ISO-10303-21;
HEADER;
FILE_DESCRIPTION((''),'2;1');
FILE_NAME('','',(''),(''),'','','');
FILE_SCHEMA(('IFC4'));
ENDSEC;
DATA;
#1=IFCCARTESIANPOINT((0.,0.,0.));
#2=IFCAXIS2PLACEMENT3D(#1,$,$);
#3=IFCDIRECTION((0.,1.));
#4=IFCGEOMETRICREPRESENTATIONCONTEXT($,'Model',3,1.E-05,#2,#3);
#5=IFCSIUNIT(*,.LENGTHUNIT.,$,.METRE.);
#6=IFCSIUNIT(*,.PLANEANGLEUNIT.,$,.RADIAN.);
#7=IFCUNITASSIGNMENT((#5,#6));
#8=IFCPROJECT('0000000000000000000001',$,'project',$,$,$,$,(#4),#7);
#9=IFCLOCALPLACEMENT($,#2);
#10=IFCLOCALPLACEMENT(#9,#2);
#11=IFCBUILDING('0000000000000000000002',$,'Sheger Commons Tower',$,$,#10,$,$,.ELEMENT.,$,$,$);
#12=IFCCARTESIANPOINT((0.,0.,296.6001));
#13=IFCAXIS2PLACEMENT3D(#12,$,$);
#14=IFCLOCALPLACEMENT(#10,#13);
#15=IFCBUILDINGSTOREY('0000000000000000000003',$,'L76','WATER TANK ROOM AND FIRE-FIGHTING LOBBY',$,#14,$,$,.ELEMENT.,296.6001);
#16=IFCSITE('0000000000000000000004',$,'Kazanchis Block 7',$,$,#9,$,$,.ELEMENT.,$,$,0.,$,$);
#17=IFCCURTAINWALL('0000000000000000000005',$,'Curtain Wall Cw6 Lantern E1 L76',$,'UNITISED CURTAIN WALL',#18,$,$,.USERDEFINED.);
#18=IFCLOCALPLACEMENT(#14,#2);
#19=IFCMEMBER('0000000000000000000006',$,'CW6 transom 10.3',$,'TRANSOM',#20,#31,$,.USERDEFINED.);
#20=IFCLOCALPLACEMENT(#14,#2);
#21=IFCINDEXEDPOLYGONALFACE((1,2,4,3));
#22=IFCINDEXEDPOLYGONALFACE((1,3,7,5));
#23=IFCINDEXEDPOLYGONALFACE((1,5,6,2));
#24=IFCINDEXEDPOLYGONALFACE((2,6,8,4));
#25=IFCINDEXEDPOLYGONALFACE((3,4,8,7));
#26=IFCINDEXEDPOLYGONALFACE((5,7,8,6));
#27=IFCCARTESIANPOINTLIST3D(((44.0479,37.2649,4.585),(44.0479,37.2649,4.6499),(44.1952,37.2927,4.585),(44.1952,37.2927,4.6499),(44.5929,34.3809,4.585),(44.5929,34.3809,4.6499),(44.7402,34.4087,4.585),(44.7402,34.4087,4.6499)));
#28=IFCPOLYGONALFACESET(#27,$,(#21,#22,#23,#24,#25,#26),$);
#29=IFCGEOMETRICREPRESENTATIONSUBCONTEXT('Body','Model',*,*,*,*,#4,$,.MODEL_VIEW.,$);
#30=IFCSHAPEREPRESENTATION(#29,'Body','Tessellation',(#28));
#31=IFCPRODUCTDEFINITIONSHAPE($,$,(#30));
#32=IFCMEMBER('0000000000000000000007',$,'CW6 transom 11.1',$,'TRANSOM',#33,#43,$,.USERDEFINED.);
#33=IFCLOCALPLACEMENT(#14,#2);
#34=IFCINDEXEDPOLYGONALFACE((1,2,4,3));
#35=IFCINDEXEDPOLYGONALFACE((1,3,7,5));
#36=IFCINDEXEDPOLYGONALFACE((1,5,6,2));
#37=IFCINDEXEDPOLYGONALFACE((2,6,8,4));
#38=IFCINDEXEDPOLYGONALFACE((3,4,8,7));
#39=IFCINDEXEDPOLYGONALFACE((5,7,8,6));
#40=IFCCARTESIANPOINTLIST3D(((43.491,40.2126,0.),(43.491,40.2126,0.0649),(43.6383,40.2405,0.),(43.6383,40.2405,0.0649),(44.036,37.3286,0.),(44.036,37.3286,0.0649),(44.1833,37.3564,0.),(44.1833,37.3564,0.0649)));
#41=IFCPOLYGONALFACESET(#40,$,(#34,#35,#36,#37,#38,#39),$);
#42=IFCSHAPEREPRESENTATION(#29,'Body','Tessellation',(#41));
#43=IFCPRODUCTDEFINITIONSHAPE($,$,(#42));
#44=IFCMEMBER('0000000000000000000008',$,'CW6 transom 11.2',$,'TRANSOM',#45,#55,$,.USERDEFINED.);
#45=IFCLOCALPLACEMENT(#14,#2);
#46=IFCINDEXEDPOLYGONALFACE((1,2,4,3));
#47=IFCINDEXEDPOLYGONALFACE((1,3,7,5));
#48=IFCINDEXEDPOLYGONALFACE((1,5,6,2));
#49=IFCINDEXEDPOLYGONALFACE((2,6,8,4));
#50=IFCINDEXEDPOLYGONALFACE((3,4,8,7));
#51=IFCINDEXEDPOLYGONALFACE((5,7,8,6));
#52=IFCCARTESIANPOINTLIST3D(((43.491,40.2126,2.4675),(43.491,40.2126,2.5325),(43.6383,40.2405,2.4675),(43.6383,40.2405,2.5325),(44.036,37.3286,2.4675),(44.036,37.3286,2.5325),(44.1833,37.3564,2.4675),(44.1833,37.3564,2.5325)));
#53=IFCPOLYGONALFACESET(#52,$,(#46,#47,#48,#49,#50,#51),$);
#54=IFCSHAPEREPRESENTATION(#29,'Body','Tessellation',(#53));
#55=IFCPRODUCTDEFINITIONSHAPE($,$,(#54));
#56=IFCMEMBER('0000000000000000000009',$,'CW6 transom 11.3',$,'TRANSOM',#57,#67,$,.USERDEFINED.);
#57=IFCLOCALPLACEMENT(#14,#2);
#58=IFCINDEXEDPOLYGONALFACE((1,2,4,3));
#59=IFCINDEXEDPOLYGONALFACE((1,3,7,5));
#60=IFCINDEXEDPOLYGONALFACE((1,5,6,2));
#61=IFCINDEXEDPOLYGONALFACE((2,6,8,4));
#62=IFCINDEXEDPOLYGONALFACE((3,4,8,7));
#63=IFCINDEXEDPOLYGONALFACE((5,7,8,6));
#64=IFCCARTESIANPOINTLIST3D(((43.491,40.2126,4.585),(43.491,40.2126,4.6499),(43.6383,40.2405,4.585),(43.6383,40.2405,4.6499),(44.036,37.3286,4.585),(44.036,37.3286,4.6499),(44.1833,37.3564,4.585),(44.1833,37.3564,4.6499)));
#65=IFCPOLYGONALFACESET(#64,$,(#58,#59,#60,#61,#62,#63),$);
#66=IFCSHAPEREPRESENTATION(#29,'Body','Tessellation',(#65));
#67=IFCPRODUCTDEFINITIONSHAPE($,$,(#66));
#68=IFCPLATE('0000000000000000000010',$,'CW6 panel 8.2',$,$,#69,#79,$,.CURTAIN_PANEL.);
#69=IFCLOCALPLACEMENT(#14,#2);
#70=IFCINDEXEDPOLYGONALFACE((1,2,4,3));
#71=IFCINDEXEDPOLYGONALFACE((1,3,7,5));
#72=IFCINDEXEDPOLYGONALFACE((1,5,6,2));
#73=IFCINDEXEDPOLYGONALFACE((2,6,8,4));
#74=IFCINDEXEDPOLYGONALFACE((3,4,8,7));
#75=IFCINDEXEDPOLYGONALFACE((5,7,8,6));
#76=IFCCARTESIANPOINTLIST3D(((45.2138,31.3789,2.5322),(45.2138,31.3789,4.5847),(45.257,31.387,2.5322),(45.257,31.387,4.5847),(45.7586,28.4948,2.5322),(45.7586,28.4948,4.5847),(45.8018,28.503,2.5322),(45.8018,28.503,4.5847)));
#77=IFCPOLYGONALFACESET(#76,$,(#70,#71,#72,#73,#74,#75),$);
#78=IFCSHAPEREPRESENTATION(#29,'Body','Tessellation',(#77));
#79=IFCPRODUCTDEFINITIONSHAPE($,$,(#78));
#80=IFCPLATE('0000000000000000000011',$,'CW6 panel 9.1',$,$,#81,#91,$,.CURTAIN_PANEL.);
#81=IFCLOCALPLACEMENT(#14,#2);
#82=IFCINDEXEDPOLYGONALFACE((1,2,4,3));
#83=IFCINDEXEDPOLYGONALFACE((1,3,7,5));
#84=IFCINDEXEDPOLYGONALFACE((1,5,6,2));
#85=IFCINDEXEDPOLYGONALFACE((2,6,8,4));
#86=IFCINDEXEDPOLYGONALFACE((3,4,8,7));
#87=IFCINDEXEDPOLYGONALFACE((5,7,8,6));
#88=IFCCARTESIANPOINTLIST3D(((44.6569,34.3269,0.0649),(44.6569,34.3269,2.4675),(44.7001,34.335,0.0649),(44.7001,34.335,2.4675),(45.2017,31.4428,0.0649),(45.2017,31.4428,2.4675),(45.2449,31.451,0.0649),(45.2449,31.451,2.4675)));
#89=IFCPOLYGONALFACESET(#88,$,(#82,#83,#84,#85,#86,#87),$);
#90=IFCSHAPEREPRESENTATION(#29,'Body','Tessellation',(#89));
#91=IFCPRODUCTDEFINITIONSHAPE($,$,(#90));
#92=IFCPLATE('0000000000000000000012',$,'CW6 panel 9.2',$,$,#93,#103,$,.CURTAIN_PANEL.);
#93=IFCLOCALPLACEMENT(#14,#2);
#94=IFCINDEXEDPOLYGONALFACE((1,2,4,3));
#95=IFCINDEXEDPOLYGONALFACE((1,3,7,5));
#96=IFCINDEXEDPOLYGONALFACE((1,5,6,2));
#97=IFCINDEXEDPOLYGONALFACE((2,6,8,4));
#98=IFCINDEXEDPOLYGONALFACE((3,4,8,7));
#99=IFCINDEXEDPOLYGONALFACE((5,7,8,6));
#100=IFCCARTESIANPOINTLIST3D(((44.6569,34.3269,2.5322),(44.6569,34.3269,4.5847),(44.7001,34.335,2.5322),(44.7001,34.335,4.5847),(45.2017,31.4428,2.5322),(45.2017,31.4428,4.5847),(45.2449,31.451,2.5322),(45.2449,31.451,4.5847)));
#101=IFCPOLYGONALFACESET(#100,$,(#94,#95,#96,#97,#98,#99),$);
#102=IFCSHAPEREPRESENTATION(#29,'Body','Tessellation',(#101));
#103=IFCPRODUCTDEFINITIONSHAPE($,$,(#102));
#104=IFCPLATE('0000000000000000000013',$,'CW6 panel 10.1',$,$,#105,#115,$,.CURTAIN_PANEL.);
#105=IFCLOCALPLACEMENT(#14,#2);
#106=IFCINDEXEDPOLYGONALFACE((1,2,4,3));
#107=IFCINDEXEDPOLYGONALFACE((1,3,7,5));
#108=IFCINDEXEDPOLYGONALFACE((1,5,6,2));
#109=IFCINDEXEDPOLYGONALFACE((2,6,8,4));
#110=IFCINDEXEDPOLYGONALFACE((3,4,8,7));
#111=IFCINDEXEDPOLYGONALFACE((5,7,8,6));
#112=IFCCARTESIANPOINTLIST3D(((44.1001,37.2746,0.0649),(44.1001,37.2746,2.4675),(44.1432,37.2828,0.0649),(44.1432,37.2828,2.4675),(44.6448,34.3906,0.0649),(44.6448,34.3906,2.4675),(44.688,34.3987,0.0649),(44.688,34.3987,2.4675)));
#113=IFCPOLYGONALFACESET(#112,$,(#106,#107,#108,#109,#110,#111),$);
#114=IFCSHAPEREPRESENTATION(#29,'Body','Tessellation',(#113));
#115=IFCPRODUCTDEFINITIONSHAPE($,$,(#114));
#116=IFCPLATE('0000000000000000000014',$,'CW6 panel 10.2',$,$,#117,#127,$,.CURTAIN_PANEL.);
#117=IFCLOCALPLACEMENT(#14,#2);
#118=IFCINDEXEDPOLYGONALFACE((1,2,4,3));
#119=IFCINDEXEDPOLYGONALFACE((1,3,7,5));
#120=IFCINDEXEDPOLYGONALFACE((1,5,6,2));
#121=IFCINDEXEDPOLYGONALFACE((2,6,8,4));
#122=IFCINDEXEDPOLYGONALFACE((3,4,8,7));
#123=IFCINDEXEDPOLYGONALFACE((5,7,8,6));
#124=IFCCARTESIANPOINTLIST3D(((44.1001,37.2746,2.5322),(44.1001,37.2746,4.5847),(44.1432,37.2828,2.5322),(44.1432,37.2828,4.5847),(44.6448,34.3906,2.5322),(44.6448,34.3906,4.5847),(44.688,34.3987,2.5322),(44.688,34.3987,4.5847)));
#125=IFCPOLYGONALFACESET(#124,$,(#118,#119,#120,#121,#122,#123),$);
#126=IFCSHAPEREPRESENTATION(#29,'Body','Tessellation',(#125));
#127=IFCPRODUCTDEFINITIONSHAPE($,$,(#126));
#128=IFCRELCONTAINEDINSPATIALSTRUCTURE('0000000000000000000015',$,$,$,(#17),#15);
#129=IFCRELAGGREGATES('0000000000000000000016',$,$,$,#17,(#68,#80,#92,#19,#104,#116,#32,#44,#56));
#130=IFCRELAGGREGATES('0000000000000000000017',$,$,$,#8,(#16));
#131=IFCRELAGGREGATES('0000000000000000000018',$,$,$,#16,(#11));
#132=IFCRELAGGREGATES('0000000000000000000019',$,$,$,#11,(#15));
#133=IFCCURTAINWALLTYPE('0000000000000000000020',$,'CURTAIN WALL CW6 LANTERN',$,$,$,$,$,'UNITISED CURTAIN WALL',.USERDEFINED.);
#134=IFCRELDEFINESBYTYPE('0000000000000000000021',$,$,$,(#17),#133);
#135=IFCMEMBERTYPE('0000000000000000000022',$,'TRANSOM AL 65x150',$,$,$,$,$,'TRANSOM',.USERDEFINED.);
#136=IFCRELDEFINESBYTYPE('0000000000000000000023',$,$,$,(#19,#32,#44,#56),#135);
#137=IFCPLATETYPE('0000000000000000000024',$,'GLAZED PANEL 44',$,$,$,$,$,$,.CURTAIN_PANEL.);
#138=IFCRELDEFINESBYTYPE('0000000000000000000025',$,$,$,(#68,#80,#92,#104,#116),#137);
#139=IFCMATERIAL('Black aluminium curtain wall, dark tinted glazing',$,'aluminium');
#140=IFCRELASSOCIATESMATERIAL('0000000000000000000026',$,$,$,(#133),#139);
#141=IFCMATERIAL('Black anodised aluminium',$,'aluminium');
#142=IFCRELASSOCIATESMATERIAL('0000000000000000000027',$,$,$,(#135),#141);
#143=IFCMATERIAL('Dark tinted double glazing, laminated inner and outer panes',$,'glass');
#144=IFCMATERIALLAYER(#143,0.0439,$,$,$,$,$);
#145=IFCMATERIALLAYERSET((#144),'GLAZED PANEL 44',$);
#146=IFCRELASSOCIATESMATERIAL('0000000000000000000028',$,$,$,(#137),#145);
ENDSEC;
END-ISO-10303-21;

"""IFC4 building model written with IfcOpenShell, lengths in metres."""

from ifc_helpers import new_model, si_unit, direction, frame, origin, origin_2d, place, context, subcontext, project, spatial, rectangle, extrude, material, layer, layer_set, material_profile, profile_set, type_object, element, aggregate, save


model = new_model("IFC4")

# Units and contexts
model_context = context("Model", 3, precision=1e-05, world=origin(), true_north=direction((0.0, 1.0)))
body_context = subcontext(model_context, "Body", "Model", "MODEL_VIEW")
ifc_project = project(units=[si_unit("LENGTHUNIT", "METRE"), si_unit("PLANEANGLEUNIT", "RADIAN")], contexts=[model_context])

# Site, building, storey
site_placement = place(None, origin())
site = spatial("IfcSite", under=ifc_project, at=site_placement, Name="Kazanchis Block 7", CompositionType="ELEMENT", RefElevation=0.0)
building_placement = place(site_placement, origin())
building = spatial("IfcBuilding", under=site, at=building_placement, Name="Sheger Commons Tower", CompositionType="ELEMENT")
storey_placement = place(building_placement, frame((0.0, 0.0, 296.6001)))
storey = spatial("IfcBuildingStorey", under=building, at=storey_placement, Name="L76", Description="WATER TANK ROOM AND FIRE-FIGHTING LOBBY", CompositionType="ELEMENT", Elevation=296.6001)

# Curtain wall
ifc_material_1 = material(Name="Black aluminium curtain wall, dark tinted glazing", Category="aluminium")
curtain_wall_type = type_object("IfcCurtainWallType", Name="CURTAIN WALL CW6 LANTERN", ElementType="UNITISED CURTAIN WALL", PredefinedType="USERDEFINED", material=ifc_material_1)
curtain_wall_placement = place(storey_placement, origin())
curtain_wall = element("IfcCurtainWall", 1, at=curtain_wall_placement, inside=storey, type_object=curtain_wall_type, Name="Curtain Wall Cw6 Lantern E1 L76", ObjectType="UNITISED CURTAIN WALL", PredefinedType="USERDEFINED")

# Members
ifc_material_2 = material(Name="Black anodised aluminium", Category="aluminium")
ifc_material_profile_1 = material_profile(ifc_material_2, rectangle(XDim=0.1499, YDim=0.0649, at=origin_2d()), Name="AL 65x150")
ifc_profile_set_1 = profile_set([ifc_material_profile_1], Name="Black anodised aluminium")
member_type_1 = type_object("IfcMemberType", Name="TRANSOM AL 65x150", ElementType="TRANSOM", PredefinedType="USERDEFINED", material=ifc_profile_set_1)
member_1_placement = place(storey_placement, frame((44.6665, 34.3948, 4.6174), z_axis=(-0.185659, 0.982614, 0.0), x_axis=(-0.982614, -0.185659, 0.0)))
member_1 = element("IfcMember", 2, at=member_1_placement, type_object=member_type_1, Name="CW6 transom 10.3", ObjectType="TRANSOM", PredefinedType="USERDEFINED", context=body_context, shape_type="SweptSolid", body=[
    extrude(rectangle(XDim=0.1499, YDim=0.0649, at=origin_2d()), origin(), (0.0, 0.0, 1.0), 2.9351),
])
member_2_placement = place(storey_placement, frame((44.1096, 37.3425, 0.0325), z_axis=(-0.185659, 0.982614, 0.0), x_axis=(-0.982614, -0.185659, 0.0)))
member_2 = element("IfcMember", 3, at=member_2_placement, type_object=member_type_1, Name="CW6 transom 11.1", ObjectType="TRANSOM", PredefinedType="USERDEFINED", context=body_context, shape_type="SweptSolid", body=[
    extrude(rectangle(XDim=0.1499, YDim=0.0649, at=origin_2d()), origin(), (0.0, 0.0, 1.0), 2.9351),
])
member_3_placement = place(storey_placement, frame((44.1096, 37.3425, 2.5), z_axis=(-0.185659, 0.982614, 0.0), x_axis=(-0.982614, -0.185659, 0.0)))
member_3 = element("IfcMember", 4, at=member_3_placement, type_object=member_type_1, Name="CW6 transom 11.2", ObjectType="TRANSOM", PredefinedType="USERDEFINED", context=body_context, shape_type="SweptSolid", body=[
    extrude(rectangle(XDim=0.1499, YDim=0.0649, at=origin_2d()), origin(), (0.0, 0.0, 1.0), 2.9351),
])
member_4_placement = place(storey_placement, frame((44.1096, 37.3425, 4.6174), z_axis=(-0.185659, 0.982614, 0.0), x_axis=(-0.982614, -0.185659, 0.0)))
member_4 = element("IfcMember", 5, at=member_4_placement, type_object=member_type_1, Name="CW6 transom 11.3", ObjectType="TRANSOM", PredefinedType="USERDEFINED", context=body_context, shape_type="SweptSolid", body=[
    extrude(rectangle(XDim=0.1499, YDim=0.0649, at=origin_2d()), origin(), (0.0, 0.0, 1.0), 2.9351),
])

# Plates
ifc_material_3 = material(Name="Dark tinted double glazing, laminated inner and outer panes", Category="glass")
ifc_layer = layer(ifc_material_3, 0.0439)
ifc_layer_set = layer_set([ifc_layer], Name="GLAZED PANEL 44")
plate_type = type_object("IfcPlateType", Name="GLAZED PANEL 44", PredefinedType="CURTAIN_PANEL", material=ifc_layer_set)
plate_1_placement = place(storey_placement, frame((45.5078, 29.9409, 2.5322), z_axis=(0.0, 0.0, 1.0), x_axis=(-0.185613, 0.982623, 0.0)))
plate_1 = element("IfcPlate", 6, at=plate_1_placement, type_object=plate_type, Name="CW6 panel 8.2", PredefinedType="CURTAIN_PANEL", context=body_context, shape_type="SweptSolid", body=[
    extrude(rectangle(XDim=2.9351, YDim=0.0439, at=origin_2d()), origin(), (0.0, 0.0, 1.0), 2.0525),
])
plate_2_placement = place(storey_placement, frame((44.9509, 32.8889, 0.0649), z_axis=(0.0, 0.0, 1.0), x_axis=(-0.185613, 0.982623, 0.0)))
plate_2 = element("IfcPlate", 7, at=plate_2_placement, type_object=plate_type, Name="CW6 panel 9.1", PredefinedType="CURTAIN_PANEL", context=body_context, shape_type="SweptSolid", body=[
    extrude(rectangle(XDim=2.9351, YDim=0.0439, at=origin_2d()), origin(), (0.0, 0.0, 1.0), 2.4026),
])
plate_3_placement = place(storey_placement, frame((44.9509, 32.8889, 2.5322), z_axis=(0.0, 0.0, 1.0), x_axis=(-0.185613, 0.982623, 0.0)))
plate_3 = element("IfcPlate", 8, at=plate_3_placement, type_object=plate_type, Name="CW6 panel 9.2", PredefinedType="CURTAIN_PANEL", context=body_context, shape_type="SweptSolid", body=[
    extrude(rectangle(XDim=2.9351, YDim=0.0439, at=origin_2d()), origin(), (0.0, 0.0, 1.0), 2.0525),
])
plate_4_placement = place(storey_placement, frame((44.394, 35.8367, 0.0649), z_axis=(0.0, 0.0, 1.0), x_axis=(-0.185613, 0.982623, 0.0)))
plate_4 = element("IfcPlate", 9, at=plate_4_placement, type_object=plate_type, Name="CW6 panel 10.1", PredefinedType="CURTAIN_PANEL", context=body_context, shape_type="SweptSolid", body=[
    extrude(rectangle(XDim=2.9351, YDim=0.0439, at=origin_2d()), origin(), (0.0, 0.0, 1.0), 2.4026),
])
plate_5_placement = place(storey_placement, frame((44.394, 35.8367, 2.5322), z_axis=(0.0, 0.0, 1.0), x_axis=(-0.185613, 0.982623, 0.0)))
plate_5 = element("IfcPlate", 10, at=plate_5_placement, type_object=plate_type, Name="CW6 panel 10.2", PredefinedType="CURTAIN_PANEL", context=body_context, shape_type="SweptSolid", body=[
    extrude(rectangle(XDim=2.9351, YDim=0.0439, at=origin_2d()), origin(), (0.0, 0.0, 1.0), 2.0525),
])
aggregate(curtain_wall, [plate_1, plate_2, plate_3, member_1, plate_4, plate_5, member_2, member_3, member_4])

save(model, "model.ifc")
